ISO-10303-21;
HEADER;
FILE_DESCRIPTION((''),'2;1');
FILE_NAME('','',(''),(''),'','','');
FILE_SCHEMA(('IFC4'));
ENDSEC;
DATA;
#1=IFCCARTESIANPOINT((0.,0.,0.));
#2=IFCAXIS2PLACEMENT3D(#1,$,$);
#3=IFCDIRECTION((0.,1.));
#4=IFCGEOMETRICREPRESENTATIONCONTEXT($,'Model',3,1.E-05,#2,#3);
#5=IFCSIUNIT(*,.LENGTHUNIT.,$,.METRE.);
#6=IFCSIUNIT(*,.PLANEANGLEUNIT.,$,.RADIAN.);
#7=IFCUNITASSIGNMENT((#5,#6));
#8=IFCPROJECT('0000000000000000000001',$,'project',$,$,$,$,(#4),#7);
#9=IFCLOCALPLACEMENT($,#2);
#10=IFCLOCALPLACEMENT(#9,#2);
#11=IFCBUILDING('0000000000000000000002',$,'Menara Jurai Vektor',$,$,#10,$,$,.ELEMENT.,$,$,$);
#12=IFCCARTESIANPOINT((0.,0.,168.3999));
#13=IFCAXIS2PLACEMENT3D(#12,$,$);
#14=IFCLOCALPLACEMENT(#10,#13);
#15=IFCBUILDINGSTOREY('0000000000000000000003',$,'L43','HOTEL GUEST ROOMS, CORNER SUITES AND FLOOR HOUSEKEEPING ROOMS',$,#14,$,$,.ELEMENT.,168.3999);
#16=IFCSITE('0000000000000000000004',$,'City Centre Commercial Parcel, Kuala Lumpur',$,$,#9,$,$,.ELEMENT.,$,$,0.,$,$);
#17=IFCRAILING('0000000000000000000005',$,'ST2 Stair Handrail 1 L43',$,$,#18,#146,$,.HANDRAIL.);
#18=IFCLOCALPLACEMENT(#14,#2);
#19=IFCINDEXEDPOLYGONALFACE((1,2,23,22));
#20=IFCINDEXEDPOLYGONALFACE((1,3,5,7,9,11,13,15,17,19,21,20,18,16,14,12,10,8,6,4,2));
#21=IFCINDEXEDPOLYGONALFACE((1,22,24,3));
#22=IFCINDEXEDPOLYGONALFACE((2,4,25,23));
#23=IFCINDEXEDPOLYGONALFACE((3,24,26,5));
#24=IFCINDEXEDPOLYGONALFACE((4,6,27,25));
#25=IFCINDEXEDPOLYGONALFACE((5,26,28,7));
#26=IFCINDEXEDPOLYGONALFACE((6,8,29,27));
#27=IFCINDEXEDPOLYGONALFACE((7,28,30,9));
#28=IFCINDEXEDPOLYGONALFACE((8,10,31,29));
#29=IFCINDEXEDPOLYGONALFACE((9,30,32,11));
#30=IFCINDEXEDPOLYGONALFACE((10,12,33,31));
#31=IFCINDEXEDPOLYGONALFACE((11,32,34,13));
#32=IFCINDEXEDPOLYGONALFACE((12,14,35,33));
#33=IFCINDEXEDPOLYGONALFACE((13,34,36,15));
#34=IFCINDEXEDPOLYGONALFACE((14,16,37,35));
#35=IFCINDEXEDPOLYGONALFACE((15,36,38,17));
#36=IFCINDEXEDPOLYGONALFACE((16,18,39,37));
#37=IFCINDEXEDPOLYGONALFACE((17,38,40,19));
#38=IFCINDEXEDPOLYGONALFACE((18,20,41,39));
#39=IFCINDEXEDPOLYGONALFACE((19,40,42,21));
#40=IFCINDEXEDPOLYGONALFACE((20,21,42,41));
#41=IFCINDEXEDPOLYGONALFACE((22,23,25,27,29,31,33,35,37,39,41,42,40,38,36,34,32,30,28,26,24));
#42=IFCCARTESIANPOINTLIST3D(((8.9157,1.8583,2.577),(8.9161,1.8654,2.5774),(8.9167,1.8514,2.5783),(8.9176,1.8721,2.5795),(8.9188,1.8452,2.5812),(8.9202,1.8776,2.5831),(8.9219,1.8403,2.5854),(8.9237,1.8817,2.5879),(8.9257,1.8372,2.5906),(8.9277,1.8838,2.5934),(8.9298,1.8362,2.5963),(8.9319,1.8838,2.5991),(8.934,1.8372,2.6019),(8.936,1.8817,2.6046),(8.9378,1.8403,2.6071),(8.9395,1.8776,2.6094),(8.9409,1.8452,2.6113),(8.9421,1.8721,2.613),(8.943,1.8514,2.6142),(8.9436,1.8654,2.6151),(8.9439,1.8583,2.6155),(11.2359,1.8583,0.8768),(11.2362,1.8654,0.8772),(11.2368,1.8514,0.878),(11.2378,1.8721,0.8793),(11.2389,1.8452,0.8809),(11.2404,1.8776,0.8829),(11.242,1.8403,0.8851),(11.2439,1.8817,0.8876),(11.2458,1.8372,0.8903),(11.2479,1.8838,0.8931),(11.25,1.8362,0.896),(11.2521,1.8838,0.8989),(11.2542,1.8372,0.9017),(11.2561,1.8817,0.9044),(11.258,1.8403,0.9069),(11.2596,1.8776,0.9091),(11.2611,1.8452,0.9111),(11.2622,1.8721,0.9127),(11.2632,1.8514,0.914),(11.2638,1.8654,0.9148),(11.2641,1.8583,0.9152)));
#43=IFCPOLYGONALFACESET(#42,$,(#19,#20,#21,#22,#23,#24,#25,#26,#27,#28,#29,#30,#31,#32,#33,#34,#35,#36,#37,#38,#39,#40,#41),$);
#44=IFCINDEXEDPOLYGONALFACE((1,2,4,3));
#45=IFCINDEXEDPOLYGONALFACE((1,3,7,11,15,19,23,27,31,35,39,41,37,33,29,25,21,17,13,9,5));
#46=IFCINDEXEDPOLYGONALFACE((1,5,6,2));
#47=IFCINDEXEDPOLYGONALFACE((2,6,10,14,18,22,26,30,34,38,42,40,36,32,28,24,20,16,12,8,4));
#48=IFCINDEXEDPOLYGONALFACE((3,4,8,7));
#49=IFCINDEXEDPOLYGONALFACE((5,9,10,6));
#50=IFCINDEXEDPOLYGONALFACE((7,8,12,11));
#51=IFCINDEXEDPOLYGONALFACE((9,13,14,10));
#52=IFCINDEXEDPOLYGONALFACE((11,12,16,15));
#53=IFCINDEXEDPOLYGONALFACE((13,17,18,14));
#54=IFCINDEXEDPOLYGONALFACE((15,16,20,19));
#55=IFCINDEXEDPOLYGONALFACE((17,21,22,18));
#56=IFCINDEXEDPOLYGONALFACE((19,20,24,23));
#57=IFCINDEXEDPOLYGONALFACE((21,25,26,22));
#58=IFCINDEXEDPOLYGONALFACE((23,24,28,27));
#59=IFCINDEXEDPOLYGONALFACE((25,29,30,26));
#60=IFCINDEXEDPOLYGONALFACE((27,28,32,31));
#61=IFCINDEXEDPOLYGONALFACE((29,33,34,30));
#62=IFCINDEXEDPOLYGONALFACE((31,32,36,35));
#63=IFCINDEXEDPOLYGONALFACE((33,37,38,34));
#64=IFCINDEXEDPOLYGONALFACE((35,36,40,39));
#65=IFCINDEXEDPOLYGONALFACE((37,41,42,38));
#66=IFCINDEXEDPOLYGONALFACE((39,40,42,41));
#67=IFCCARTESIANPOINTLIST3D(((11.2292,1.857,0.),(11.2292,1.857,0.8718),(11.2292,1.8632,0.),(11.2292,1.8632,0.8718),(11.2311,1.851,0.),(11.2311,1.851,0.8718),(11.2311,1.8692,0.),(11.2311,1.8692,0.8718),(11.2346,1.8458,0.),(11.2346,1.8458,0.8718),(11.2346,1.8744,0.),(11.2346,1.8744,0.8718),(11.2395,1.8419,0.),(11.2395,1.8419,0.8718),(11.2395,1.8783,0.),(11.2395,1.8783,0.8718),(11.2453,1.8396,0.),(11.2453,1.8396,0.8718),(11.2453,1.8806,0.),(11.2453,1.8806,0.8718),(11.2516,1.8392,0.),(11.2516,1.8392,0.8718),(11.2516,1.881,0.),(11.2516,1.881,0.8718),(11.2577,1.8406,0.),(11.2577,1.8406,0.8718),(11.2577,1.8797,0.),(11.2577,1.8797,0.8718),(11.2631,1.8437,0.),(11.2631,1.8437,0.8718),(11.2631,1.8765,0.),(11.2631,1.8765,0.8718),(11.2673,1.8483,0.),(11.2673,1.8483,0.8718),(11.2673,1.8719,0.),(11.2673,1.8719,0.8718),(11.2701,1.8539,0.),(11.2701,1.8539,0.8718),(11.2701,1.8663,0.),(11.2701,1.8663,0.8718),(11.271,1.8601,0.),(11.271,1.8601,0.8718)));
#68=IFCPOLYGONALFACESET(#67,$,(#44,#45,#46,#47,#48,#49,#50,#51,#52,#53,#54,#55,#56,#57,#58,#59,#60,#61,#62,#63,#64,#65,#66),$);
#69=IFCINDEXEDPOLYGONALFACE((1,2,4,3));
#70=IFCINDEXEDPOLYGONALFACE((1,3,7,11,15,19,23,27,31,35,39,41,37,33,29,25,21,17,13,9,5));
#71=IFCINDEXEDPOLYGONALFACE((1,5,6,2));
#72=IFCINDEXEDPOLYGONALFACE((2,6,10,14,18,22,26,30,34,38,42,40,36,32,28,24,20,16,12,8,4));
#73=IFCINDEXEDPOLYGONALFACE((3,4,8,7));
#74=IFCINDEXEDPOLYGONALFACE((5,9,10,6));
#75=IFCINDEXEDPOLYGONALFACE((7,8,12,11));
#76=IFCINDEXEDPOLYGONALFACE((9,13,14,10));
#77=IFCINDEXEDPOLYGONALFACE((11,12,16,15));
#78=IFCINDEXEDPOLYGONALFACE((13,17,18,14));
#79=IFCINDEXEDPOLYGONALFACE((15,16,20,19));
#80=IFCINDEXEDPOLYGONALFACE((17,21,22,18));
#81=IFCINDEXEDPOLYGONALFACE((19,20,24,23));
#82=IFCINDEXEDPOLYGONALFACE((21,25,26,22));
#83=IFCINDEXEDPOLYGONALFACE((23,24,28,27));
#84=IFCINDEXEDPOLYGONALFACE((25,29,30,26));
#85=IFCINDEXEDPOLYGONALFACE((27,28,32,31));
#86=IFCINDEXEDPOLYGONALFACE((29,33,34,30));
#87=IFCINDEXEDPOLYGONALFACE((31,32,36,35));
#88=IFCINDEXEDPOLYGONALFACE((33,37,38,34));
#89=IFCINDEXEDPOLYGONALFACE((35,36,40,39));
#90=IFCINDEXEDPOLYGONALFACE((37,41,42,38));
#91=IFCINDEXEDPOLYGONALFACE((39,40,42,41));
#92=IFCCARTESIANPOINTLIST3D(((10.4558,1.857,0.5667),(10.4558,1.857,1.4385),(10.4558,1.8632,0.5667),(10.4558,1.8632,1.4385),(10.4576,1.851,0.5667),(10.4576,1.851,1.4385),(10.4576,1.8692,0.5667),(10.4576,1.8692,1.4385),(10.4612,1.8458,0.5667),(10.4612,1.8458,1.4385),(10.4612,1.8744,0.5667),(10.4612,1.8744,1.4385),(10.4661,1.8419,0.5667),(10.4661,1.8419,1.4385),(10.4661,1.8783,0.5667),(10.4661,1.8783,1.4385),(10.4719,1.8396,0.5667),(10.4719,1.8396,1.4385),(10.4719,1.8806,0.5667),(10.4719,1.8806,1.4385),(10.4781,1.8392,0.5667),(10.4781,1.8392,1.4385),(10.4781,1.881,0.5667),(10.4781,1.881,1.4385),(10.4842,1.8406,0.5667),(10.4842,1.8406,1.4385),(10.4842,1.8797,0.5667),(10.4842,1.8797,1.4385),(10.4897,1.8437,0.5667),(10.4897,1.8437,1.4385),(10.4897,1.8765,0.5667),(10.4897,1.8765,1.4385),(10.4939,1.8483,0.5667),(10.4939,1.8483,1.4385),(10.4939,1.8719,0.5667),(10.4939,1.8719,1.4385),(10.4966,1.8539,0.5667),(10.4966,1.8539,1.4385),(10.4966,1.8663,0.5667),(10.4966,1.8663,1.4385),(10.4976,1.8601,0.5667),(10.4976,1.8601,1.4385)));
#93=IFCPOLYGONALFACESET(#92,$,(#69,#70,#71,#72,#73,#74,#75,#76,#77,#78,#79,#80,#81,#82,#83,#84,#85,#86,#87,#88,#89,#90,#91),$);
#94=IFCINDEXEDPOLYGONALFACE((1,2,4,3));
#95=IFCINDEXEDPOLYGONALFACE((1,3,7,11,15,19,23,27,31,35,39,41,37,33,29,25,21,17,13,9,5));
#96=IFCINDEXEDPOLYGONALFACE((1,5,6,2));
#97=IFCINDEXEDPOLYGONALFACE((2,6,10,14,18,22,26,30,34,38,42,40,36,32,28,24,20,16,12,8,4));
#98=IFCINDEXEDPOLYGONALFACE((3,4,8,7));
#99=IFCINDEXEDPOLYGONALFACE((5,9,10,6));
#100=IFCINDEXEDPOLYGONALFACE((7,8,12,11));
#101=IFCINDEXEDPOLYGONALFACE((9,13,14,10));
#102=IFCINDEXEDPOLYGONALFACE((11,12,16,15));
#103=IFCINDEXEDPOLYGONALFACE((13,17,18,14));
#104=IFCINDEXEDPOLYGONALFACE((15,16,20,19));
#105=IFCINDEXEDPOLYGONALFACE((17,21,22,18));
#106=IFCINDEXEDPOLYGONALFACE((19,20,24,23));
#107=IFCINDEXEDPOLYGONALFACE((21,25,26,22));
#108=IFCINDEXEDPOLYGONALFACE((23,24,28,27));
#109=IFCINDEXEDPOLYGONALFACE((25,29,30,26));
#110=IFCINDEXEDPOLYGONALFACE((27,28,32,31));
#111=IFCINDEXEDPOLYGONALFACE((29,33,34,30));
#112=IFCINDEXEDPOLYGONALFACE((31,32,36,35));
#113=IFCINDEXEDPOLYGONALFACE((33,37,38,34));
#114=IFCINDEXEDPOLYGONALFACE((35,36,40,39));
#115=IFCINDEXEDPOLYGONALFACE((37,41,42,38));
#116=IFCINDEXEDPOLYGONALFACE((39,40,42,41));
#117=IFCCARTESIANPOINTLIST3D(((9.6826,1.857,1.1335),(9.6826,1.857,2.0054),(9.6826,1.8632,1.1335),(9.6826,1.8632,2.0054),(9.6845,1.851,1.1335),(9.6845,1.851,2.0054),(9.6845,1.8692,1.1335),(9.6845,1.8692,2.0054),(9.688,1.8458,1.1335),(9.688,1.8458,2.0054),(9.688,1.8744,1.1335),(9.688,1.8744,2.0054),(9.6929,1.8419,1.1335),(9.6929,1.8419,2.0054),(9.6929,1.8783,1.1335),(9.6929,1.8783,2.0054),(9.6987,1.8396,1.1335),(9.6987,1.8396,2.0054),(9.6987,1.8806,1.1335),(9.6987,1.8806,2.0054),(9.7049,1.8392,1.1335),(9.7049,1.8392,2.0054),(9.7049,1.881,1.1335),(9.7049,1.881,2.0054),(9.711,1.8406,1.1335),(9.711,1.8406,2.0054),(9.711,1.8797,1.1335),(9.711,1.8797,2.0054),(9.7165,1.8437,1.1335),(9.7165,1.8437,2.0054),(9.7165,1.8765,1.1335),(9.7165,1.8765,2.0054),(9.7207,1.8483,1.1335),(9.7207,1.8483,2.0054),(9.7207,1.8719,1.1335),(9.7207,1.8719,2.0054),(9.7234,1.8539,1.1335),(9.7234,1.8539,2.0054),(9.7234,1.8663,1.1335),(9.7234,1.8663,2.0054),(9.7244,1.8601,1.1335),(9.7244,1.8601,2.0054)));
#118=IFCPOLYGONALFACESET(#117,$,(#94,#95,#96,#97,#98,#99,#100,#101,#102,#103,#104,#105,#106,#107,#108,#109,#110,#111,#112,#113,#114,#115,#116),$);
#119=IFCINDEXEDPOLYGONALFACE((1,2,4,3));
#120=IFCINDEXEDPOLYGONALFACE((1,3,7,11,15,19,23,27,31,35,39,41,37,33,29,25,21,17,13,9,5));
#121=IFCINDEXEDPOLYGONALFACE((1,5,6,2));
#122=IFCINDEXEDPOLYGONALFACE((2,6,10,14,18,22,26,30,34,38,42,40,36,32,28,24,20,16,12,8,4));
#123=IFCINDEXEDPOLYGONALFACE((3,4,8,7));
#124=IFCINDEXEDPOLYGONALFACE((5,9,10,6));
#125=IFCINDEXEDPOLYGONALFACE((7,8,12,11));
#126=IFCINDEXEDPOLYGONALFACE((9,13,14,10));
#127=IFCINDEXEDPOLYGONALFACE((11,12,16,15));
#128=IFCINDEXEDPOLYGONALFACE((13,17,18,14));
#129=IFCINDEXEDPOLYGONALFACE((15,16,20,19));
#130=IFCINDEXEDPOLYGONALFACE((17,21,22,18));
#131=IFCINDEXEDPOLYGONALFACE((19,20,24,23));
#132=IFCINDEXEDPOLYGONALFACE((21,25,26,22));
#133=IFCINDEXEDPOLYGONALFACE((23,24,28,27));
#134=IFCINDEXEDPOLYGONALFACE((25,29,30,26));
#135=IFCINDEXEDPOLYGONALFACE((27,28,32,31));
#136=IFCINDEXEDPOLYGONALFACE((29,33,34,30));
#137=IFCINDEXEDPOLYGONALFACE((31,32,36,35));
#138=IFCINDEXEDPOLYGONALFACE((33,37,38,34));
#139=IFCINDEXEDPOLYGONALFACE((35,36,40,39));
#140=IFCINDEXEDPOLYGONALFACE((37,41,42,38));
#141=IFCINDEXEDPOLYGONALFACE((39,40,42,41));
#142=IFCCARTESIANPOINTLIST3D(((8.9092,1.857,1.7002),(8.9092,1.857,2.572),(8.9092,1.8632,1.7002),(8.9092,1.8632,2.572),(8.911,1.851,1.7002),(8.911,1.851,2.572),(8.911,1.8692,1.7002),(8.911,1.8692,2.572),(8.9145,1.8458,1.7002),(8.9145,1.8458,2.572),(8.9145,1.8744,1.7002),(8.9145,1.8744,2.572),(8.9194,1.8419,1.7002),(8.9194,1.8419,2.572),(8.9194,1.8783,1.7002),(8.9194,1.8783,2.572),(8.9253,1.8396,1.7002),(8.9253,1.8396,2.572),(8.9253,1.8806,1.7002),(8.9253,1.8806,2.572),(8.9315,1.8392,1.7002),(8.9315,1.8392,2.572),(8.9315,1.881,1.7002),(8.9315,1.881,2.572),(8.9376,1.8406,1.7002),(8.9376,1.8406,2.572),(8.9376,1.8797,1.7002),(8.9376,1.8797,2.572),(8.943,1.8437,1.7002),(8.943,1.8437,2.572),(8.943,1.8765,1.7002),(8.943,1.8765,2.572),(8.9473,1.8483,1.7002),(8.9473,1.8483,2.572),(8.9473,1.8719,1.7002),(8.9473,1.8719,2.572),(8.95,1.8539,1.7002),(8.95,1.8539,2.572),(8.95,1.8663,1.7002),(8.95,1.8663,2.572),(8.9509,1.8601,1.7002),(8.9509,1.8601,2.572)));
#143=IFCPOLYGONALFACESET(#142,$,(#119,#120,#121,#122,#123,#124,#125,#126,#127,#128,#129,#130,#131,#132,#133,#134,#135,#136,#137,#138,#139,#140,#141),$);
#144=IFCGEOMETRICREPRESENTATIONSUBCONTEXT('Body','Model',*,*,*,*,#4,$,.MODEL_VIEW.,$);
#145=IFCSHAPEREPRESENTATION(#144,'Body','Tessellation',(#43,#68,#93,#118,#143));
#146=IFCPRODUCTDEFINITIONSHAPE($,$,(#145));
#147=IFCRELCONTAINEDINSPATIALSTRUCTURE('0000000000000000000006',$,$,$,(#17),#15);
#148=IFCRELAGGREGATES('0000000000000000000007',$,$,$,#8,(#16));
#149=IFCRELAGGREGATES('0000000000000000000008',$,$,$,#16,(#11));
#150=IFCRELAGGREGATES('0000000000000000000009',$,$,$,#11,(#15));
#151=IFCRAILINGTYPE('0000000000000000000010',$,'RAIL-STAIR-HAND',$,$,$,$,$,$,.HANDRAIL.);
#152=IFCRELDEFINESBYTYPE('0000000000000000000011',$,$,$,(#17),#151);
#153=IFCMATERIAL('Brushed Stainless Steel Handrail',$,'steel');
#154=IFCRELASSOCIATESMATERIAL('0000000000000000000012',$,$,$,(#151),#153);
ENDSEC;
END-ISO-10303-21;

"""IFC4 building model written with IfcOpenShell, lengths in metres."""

from ifc_helpers import new_model, si_unit, direction, frame, origin, origin_2d, place, context, subcontext, project, spatial, circle, extrude, material, type_object, element, save


model = new_model("IFC4")

# Units and contexts
model_context = context("Model", 3, precision=1e-05, world=origin(), true_north=direction((0.0, 1.0)))
body_context = subcontext(model_context, "Body", "Model", "MODEL_VIEW")
ifc_project = project(units=[si_unit("LENGTHUNIT", "METRE"), si_unit("PLANEANGLEUNIT", "RADIAN")], contexts=[model_context])

# Site, building, storey
site_placement = place(None, origin())
site = spatial("IfcSite", under=ifc_project, at=site_placement, Name="City Centre Commercial Parcel, Kuala Lumpur", CompositionType="ELEMENT", RefElevation=0.0)
building_placement = place(site_placement, origin())
building = spatial("IfcBuilding", under=site, at=building_placement, Name="Menara Jurai Vektor", CompositionType="ELEMENT")
storey_placement = place(building_placement, frame((0.0, 0.0, 168.3999)))
storey = spatial("IfcBuildingStorey", under=building, at=storey_placement, Name="L43", Description="HOTEL GUEST ROOMS, CORNER SUITES AND FLOOR HOUSEKEEPING ROOMS", CompositionType="ELEMENT", Elevation=168.3999)

# Railing
ifc_material_1 = material(Name="Brushed Stainless Steel Handrail", Category="steel")
railing_type_1 = type_object("IfcRailingType", Name="RAIL-STAIR-HAND", PredefinedType="HANDRAIL", material=ifc_material_1)
railing_1_placement = place(storey_placement, frame((11.25, 1.8601, 0.0)))
element("IfcRailing", 1, at=railing_1_placement, inside=storey, type_object=railing_type_1, Name="ST2 Stair Handrail 1 L43", PredefinedType="HANDRAIL", context=body_context, shape_type="SweptSolid", body=[
    extrude(circle(Radius=0.0239, at=origin_2d()), frame((0.0, 0.0, 0.896), z_axis=(-0.806602, 0.0, 0.591095), x_axis=(0.0, -1.0, 0.0)), (0.0, 0.0, 1.0), 2.8765),
    extrude(circle(Radius=0.021, at=origin_2d()), origin(), (0.0, 0.0, 1.0), 0.8718),
    extrude(circle(Radius=0.021, at=origin_2d()), frame((-0.7734, 0.0, 0.5667)), (0.0, 0.0, 1.0), 0.8718),
    extrude(circle(Radius=0.021, at=origin_2d()), frame((-1.5466, 0.0, 1.1335)), (0.0, 0.0, 1.0), 0.8718),
    extrude(circle(Radius=0.021, at=origin_2d()), frame((-2.3201, 0.0, 1.7002)), (0.0, 0.0, 1.0), 0.8718),
])

save(model, "model.ifc")
